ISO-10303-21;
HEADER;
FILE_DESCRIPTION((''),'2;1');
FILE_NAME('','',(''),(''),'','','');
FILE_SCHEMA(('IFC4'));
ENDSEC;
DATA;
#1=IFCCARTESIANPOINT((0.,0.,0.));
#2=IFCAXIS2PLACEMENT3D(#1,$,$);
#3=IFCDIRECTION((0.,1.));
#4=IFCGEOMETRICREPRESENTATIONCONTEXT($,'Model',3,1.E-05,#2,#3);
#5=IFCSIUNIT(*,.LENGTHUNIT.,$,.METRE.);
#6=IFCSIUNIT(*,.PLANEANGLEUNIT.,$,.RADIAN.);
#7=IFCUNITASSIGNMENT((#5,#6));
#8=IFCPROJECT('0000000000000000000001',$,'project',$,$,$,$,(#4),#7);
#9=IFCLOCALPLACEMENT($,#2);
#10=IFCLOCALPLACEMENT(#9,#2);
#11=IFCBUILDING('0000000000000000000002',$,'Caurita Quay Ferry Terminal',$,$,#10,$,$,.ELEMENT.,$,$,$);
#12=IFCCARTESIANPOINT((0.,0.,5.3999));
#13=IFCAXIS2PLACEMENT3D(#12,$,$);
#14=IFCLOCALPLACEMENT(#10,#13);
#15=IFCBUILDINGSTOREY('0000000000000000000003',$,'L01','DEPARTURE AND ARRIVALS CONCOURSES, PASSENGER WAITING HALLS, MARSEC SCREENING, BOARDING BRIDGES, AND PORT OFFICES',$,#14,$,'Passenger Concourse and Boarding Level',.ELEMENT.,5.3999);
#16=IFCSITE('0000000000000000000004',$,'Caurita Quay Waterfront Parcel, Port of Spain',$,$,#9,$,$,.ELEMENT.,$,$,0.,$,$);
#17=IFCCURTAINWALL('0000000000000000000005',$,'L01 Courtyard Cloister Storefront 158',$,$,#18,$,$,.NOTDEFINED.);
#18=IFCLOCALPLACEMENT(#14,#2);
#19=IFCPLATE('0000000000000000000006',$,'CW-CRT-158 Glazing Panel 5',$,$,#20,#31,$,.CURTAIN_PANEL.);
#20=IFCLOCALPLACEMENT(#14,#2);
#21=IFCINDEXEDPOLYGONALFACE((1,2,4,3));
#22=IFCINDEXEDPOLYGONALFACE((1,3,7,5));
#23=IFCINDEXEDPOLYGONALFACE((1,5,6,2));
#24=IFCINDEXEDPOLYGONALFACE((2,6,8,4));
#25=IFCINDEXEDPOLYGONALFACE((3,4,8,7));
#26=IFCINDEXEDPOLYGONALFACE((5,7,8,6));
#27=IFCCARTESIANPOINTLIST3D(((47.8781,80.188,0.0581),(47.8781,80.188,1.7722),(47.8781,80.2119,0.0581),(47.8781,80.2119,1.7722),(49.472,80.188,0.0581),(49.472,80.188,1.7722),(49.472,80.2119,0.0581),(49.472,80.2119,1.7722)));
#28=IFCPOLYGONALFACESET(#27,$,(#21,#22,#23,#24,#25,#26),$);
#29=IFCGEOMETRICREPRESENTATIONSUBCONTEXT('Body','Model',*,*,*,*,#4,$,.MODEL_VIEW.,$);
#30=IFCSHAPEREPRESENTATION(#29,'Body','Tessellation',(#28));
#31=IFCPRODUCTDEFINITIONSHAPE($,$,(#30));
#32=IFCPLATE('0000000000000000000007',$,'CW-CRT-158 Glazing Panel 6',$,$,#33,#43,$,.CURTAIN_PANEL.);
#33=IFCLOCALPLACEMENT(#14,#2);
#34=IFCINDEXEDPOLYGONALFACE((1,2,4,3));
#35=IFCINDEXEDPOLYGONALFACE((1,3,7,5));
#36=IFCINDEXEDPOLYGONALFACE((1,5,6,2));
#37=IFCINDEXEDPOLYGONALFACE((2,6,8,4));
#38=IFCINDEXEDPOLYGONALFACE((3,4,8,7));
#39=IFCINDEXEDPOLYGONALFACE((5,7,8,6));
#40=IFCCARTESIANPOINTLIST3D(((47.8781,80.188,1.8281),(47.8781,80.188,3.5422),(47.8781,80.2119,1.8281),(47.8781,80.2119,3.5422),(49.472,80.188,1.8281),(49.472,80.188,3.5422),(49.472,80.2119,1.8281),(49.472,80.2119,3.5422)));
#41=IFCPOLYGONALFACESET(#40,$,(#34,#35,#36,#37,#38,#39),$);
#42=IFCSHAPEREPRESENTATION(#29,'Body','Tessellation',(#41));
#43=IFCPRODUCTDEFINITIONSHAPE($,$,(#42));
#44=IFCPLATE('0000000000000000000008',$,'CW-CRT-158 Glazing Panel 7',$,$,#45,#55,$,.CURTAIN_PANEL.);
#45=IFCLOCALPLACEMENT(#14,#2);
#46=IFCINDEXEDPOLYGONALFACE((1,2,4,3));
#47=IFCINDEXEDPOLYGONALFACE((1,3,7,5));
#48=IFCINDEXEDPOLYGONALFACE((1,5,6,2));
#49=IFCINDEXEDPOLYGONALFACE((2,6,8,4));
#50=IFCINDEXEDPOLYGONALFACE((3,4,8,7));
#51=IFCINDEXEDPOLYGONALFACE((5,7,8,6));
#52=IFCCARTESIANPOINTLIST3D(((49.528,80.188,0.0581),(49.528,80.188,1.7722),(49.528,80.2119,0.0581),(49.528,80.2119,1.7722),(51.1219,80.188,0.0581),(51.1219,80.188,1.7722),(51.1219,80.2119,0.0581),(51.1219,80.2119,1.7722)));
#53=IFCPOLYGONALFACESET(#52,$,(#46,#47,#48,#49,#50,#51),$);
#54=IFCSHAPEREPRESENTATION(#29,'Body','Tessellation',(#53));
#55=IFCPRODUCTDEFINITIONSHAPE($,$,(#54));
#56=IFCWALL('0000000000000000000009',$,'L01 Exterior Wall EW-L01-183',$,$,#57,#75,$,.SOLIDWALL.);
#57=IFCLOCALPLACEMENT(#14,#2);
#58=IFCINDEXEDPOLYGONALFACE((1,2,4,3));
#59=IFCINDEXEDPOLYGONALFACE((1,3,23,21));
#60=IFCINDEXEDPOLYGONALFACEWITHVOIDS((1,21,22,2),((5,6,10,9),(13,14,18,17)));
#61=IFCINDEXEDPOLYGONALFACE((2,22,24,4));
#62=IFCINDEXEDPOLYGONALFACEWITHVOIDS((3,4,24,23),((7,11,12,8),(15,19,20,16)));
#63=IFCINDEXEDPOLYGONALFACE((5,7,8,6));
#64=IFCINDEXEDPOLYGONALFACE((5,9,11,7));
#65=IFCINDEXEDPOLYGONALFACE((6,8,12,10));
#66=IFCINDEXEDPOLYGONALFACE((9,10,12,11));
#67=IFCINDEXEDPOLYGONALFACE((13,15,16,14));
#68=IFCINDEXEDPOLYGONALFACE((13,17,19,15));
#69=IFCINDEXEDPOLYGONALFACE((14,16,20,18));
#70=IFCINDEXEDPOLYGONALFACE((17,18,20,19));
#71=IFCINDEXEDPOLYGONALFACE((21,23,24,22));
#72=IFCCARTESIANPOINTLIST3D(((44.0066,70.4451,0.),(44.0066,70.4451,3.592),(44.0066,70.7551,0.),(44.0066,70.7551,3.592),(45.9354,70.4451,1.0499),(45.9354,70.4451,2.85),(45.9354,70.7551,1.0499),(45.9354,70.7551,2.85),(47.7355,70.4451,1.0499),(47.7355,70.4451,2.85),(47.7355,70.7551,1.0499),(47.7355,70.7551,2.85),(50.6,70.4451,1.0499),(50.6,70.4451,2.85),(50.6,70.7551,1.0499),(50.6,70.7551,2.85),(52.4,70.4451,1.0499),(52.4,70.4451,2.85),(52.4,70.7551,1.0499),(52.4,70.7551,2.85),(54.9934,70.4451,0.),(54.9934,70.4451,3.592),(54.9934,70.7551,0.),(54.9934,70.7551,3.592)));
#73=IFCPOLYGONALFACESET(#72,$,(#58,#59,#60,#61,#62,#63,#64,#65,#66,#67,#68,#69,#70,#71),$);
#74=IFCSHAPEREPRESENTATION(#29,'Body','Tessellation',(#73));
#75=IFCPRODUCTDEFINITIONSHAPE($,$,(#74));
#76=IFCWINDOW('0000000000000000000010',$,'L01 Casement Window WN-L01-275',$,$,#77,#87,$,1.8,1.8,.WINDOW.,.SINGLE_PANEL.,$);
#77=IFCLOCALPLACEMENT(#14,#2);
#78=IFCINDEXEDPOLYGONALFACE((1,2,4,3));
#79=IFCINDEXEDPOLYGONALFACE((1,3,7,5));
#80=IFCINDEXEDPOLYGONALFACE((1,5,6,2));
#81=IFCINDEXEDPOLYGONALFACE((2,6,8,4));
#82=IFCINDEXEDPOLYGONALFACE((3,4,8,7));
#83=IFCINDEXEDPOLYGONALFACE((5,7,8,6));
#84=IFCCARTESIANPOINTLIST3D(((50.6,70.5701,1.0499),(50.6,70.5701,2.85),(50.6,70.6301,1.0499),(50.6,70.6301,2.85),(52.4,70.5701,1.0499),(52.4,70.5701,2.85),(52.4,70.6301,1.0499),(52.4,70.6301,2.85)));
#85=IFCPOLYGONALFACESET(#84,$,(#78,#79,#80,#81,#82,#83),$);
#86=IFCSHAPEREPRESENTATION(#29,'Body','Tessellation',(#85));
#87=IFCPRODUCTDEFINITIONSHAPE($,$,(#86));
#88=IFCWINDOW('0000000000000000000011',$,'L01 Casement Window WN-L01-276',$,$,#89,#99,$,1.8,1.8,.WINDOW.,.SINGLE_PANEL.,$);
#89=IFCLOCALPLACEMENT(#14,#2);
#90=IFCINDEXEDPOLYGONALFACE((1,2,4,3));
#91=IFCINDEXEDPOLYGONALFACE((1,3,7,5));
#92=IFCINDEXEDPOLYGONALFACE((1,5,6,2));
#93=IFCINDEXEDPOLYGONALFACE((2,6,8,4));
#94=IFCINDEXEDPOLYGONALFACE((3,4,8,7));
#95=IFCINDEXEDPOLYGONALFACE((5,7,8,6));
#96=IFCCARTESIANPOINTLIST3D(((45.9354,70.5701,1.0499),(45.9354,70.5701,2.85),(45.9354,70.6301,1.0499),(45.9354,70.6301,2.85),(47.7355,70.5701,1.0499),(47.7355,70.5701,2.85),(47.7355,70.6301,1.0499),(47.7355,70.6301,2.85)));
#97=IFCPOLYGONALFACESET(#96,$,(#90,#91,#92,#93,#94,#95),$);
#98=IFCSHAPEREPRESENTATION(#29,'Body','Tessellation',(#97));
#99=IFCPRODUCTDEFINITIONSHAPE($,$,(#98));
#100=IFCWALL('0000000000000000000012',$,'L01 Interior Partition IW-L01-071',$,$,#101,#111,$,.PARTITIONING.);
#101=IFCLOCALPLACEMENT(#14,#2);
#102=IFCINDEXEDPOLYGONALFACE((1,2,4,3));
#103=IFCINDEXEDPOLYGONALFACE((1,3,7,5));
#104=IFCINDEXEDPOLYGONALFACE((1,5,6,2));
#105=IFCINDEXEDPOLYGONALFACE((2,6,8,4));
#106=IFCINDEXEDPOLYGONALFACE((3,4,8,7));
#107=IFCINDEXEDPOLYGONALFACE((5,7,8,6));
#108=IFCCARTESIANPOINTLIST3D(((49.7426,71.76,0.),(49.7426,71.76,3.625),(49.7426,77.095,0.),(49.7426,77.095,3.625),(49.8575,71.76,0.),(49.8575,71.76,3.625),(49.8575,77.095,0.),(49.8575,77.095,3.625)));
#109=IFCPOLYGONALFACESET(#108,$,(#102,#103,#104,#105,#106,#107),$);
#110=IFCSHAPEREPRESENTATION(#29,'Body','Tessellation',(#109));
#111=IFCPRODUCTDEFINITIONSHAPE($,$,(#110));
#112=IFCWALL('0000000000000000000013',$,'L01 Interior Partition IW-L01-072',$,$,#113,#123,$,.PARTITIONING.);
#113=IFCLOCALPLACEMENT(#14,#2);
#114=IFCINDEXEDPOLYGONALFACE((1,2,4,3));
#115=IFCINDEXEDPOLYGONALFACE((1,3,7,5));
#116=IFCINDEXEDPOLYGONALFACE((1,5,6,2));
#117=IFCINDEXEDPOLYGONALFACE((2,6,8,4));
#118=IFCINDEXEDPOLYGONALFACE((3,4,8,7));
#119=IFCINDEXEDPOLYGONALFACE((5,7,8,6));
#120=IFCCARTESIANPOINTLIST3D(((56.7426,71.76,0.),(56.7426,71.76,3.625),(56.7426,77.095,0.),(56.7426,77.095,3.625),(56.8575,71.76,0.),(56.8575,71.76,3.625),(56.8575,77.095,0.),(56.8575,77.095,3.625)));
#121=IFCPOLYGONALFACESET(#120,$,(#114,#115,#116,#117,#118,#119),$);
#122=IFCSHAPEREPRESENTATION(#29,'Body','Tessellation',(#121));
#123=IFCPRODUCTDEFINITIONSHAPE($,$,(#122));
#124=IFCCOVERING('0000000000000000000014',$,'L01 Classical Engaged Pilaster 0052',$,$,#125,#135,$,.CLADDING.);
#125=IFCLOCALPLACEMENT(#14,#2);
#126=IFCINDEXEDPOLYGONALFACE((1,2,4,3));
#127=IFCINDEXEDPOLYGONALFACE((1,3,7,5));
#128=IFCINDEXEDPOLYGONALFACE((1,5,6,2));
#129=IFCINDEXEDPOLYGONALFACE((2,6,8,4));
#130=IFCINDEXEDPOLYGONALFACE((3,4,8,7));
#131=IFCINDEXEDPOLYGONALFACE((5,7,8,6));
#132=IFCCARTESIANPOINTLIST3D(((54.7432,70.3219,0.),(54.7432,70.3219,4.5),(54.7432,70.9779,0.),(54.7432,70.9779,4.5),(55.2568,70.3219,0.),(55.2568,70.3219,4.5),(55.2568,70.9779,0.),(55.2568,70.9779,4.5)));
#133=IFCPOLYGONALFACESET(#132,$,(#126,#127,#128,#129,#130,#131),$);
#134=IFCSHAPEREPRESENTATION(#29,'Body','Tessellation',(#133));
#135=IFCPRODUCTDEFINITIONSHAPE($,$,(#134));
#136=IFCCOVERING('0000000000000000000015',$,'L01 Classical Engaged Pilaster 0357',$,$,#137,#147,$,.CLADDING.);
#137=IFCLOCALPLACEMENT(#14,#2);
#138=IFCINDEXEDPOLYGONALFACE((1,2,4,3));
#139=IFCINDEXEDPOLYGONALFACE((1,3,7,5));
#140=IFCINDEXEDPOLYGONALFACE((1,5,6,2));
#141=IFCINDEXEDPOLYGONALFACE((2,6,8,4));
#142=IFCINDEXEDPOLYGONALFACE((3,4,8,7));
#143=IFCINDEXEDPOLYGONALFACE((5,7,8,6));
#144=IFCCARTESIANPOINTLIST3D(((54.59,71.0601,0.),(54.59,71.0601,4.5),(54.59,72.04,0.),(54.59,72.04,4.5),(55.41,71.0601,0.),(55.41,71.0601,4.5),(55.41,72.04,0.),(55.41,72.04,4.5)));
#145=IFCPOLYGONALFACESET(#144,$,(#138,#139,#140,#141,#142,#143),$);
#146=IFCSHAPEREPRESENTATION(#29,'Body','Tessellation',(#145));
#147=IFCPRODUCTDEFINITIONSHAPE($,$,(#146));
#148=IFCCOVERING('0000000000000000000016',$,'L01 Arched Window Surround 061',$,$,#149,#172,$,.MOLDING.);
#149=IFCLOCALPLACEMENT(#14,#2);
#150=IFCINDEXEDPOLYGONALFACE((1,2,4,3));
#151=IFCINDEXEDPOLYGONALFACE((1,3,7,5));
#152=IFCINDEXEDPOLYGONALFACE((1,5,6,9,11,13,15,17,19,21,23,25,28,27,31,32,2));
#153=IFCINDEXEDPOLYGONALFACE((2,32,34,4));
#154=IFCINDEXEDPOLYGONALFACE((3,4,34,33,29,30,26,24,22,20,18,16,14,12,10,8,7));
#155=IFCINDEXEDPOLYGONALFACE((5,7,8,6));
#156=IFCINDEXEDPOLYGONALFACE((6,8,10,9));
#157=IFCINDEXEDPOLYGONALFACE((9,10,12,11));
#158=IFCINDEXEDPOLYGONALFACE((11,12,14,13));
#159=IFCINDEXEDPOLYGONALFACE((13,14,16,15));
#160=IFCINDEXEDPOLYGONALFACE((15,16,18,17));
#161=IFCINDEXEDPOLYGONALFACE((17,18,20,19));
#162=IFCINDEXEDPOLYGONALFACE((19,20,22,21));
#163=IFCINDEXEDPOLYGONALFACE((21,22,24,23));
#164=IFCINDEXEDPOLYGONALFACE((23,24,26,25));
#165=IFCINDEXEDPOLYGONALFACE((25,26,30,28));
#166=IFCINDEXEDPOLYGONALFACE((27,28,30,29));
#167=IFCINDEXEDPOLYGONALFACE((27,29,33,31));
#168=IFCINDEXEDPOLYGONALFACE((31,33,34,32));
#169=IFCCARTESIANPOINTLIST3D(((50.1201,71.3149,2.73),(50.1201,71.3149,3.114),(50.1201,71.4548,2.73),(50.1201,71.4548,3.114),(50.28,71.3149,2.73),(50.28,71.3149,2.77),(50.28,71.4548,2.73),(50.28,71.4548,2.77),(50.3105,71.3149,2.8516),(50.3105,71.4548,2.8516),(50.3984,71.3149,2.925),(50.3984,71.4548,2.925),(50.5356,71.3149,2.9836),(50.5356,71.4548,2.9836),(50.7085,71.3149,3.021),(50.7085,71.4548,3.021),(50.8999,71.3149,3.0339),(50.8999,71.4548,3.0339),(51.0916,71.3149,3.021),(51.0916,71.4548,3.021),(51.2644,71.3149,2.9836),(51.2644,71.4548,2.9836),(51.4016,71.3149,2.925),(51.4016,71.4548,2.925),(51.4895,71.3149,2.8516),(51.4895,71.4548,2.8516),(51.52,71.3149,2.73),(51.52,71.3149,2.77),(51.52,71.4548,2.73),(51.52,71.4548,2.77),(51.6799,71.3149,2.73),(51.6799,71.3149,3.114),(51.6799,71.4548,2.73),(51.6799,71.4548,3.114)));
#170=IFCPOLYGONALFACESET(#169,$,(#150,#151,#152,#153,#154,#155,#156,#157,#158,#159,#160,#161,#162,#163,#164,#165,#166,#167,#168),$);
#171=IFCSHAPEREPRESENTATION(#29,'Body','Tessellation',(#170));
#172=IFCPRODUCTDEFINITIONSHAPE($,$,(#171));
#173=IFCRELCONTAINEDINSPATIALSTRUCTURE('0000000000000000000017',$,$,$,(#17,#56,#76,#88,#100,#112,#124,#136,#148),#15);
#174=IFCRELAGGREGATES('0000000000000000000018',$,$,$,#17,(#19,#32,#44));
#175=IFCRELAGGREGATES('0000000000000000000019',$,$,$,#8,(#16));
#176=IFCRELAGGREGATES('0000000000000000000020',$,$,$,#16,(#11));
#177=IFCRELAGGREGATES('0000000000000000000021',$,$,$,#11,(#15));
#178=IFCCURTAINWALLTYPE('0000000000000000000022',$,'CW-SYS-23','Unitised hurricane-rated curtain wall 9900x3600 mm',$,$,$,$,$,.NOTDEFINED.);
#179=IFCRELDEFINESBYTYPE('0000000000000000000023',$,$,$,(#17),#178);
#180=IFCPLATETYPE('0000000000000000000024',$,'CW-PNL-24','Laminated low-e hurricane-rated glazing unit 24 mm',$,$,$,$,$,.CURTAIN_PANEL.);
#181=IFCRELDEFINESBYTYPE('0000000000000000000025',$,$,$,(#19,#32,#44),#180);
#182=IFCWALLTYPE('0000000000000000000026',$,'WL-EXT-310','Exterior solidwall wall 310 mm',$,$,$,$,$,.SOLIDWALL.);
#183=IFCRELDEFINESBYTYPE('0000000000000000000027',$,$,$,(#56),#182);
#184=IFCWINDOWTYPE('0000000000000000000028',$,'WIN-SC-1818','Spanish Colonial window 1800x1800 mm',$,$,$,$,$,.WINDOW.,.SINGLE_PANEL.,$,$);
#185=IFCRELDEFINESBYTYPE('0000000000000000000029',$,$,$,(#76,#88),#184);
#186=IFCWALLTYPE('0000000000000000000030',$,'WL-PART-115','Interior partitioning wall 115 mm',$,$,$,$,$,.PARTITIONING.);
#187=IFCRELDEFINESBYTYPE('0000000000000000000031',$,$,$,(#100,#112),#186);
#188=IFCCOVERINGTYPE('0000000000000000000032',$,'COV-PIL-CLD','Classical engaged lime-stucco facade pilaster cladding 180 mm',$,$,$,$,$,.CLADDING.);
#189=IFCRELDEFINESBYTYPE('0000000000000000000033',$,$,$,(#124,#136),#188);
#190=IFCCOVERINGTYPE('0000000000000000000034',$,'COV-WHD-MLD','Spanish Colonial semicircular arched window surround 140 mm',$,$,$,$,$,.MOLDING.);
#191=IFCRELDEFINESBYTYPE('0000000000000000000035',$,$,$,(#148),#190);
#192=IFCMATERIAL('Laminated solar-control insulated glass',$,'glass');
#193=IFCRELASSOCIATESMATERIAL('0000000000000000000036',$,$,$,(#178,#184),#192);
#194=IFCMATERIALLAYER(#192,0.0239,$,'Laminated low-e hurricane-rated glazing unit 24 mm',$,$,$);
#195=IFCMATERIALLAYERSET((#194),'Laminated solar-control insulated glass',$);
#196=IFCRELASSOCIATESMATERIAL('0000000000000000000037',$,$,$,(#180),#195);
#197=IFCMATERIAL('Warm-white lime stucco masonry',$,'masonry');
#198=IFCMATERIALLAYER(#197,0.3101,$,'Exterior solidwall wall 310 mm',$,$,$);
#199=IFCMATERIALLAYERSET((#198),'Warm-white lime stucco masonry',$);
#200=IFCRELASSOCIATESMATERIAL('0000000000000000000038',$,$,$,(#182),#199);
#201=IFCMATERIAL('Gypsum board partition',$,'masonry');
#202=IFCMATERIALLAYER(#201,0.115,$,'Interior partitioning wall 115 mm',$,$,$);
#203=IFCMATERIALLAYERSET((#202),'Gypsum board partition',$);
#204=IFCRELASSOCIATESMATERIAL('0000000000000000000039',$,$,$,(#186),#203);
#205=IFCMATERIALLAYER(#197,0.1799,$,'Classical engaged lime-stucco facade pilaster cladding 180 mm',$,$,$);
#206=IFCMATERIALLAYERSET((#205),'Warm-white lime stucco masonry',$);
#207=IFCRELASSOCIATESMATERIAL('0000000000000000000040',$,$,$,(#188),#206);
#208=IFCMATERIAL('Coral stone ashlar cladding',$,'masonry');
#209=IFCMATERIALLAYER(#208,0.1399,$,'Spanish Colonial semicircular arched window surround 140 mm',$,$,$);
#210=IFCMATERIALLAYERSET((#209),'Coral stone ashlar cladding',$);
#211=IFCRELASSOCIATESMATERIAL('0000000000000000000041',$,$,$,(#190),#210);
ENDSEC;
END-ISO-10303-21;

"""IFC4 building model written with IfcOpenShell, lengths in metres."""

from ifc_helpers import new_model, si_unit, direction, frame, frame_2d, origin, origin_2d, place, context, subcontext, project, spatial, polyline, rectangle, outline, extrude, material, layer, layer_set, type_object, element, fill, aggregate, save


model = new_model("IFC4")

# Units and contexts
model_context = context("Model", 3, precision=1e-05, world=origin(), true_north=direction((0.0, 1.0)))
body_context = subcontext(model_context, "Body", "Model", "MODEL_VIEW")
ifc_project = project(units=[si_unit("LENGTHUNIT", "METRE"), si_unit("PLANEANGLEUNIT", "RADIAN")], contexts=[model_context])

# Site, building, storey
site_placement = place(None, origin())
site = spatial("IfcSite", under=ifc_project, at=site_placement, Name="Caurita Quay Waterfront Parcel, Port of Spain", CompositionType="ELEMENT", RefElevation=0.0)
building_placement = place(site_placement, origin())
building = spatial("IfcBuilding", under=site, at=building_placement, Name="Caurita Quay Ferry Terminal", CompositionType="ELEMENT")
storey_placement = place(building_placement, frame((0.0, 0.0, 5.3999)))
storey = spatial("IfcBuildingStorey", under=building, at=storey_placement, Name="L01", Description="DEPARTURE AND ARRIVALS CONCOURSES, PASSENGER WAITING HALLS, MARSEC SCREENING, BOARDING BRIDGES, AND PORT OFFICES", LongName="Passenger Concourse and Boarding Level", CompositionType="ELEMENT", Elevation=5.3999)

# Curtain wall, plates
ifc_material_1 = material(Name="Laminated solar-control insulated glass", Category="glass")
curtain_wall_type = type_object("IfcCurtainWallType", Name="CW-SYS-23", Description="Unitised hurricane-rated curtain wall 9900x3600 mm", PredefinedType="NOTDEFINED", material=ifc_material_1)
curtain_wall_placement = place(storey_placement, origin())
curtain_wall = element("IfcCurtainWall", 1, at=curtain_wall_placement, inside=storey, type_object=curtain_wall_type, Name="L01 Courtyard Cloister Storefront 158", PredefinedType="NOTDEFINED")
ifc_layer_1 = layer(ifc_material_1, 0.0239, Name="Laminated low-e hurricane-rated glazing unit 24 mm")
ifc_layer_set_1 = layer_set([ifc_layer_1], Name="Laminated solar-control insulated glass")
plate_type = type_object("IfcPlateType", Name="CW-PNL-24", Description="Laminated low-e hurricane-rated glazing unit 24 mm", PredefinedType="CURTAIN_PANEL", material=ifc_layer_set_1)
plate_1_placement = place(storey_placement, frame((48.675, 80.2, 0.0581), z_axis=(0.0, 0.0, 1.0), x_axis=(1.0, 0.0, 0.0)))
plate_1 = element("IfcPlate", 2, at=plate_1_placement, type_object=plate_type, Name="CW-CRT-158 Glazing Panel 5", PredefinedType="CURTAIN_PANEL", context=body_context, shape_type="SweptSolid", body=[
    extrude(rectangle(XDim=1.594, YDim=0.0239, at=origin_2d()), origin(), (0.0, 0.0, 1.0), 1.7141),
])
plate_2_placement = place(storey_placement, frame((48.675, 80.2, 1.8281), z_axis=(0.0, 0.0, 1.0), x_axis=(1.0, 0.0, 0.0)))
plate_2 = element("IfcPlate", 3, at=plate_2_placement, type_object=plate_type, Name="CW-CRT-158 Glazing Panel 6", PredefinedType="CURTAIN_PANEL", context=body_context, shape_type="SweptSolid", body=[
    extrude(rectangle(XDim=1.594, YDim=0.0239, at=origin_2d()), origin(), (0.0, 0.0, 1.0), 1.7141),
])
plate_3_placement = place(storey_placement, frame((50.325, 80.2, 0.0581), z_axis=(0.0, 0.0, 1.0), x_axis=(1.0, 0.0, 0.0)))
plate_3 = element("IfcPlate", 4, at=plate_3_placement, type_object=plate_type, Name="CW-CRT-158 Glazing Panel 7", PredefinedType="CURTAIN_PANEL", context=body_context, shape_type="SweptSolid", body=[
    extrude(rectangle(XDim=1.594, YDim=0.0239, at=origin_2d()), origin(), (0.0, 0.0, 1.0), 1.7141),
])
aggregate(curtain_wall, [plate_1, plate_2, plate_3])

# Shared definitions
ifc_material_2 = material(Name="Warm-white lime stucco masonry", Category="masonry")
ifc_layer_2 = layer(ifc_material_2, 0.3101, Name="Exterior solidwall wall 310 mm")
ifc_layer_set_2 = layer_set([ifc_layer_2], Name="Warm-white lime stucco masonry")
wall_type_1 = type_object("IfcWallType", Name="WL-EXT-310", Description="Exterior solidwall wall 310 mm", PredefinedType="SOLIDWALL", material=ifc_layer_set_2)

# Wall, openings, windows
wall_1_placement = place(storey_placement, frame((54.9934, 70.6001, 0.0), z_axis=(0.0, 0.0, 1.0), x_axis=(-1.0, 0.0, 0.0)))
wall_1 = element("IfcWall", 5, at=wall_1_placement, inside=storey, type_object=wall_type_1, Name="L01 Exterior Wall EW-L01-183", PredefinedType="SOLIDWALL", context=body_context, shape_type="SweptSolid", body=[
    extrude(rectangle(XDim=10.9868, YDim=0.3101, at=frame_2d((5.4934, 0.0))), origin(), (0.0, 0.0, 1.0), 3.592),
])
opening_1_placement = place(wall_1_placement, frame((2.5935, 0.0, 1.05)))
opening_1 = element("IfcOpeningElement", 6, at=opening_1_placement, cuts=wall_1, PredefinedType="OPENING", context=body_context, shape_type="SweptSolid", body=[
    extrude(rectangle(XDim=1.8, YDim=1.8, at=frame_2d((0.8999, 0.8999))), frame((0.0, 0.165, 0.0), z_axis=(0.0, -1.0, 0.0), x_axis=(1.0, 0.0, 0.0)), (0.0, 0.0, 1.0), 0.3301),
])
opening_2_placement = place(wall_1_placement, frame((7.2581, 0.0, 1.05)))
opening_2 = element("IfcOpeningElement", 7, at=opening_2_placement, cuts=wall_1, PredefinedType="OPENING", context=body_context, shape_type="SweptSolid", body=[
    extrude(rectangle(XDim=1.8, YDim=1.8, at=frame_2d((0.8999, 0.8999))), frame((0.0, 0.165, 0.0), z_axis=(0.0, -1.0, 0.0), x_axis=(1.0, 0.0, 0.0)), (0.0, 0.0, 1.0), 0.3301),
])
window_type = type_object("IfcWindowType", Name="WIN-SC-1818", Description="Spanish Colonial window 1800x1800 mm", PartitioningType="SINGLE_PANEL", PredefinedType="WINDOW", material=ifc_material_1)
window_1_placement = place(opening_1_placement, origin())
window_1 = element("IfcWindow", 8, at=window_1_placement, inside=storey, type_object=window_type, Name="L01 Casement Window WN-L01-275", OverallHeight=1.8, OverallWidth=1.8, PartitioningType="SINGLE_PANEL", PredefinedType="WINDOW", context=body_context, shape_type="SweptSolid", body=[
    extrude(rectangle(XDim=1.8, YDim=1.8, at=frame_2d((0.8999, 0.8999))), frame((0.0, 0.03, 0.0), z_axis=(0.0, -1.0, 0.0), x_axis=(1.0, 0.0, 0.0)), (0.0, 0.0, 1.0), 0.0601),
])
fill(opening_1, window_1)
window_2_placement = place(opening_2_placement, origin())
window_2 = element("IfcWindow", 9, at=window_2_placement, inside=storey, type_object=window_type, Name="L01 Casement Window WN-L01-276", OverallHeight=1.8, OverallWidth=1.8, PartitioningType="SINGLE_PANEL", PredefinedType="WINDOW", context=body_context, shape_type="SweptSolid", body=[
    extrude(rectangle(XDim=1.8, YDim=1.8, at=frame_2d((0.8999, 0.8999))), frame((0.0, 0.03, 0.0), z_axis=(0.0, -1.0, 0.0), x_axis=(1.0, 0.0, 0.0)), (0.0, 0.0, 1.0), 0.0601),
])
fill(opening_2, window_2)

# Walls
ifc_material_3 = material(Name="Gypsum board partition", Category="masonry")
ifc_layer_3 = layer(ifc_material_3, 0.115, Name="Interior partitioning wall 115 mm")
ifc_layer_set_3 = layer_set([ifc_layer_3], Name="Gypsum board partition")
wall_type_2 = type_object("IfcWallType", Name="WL-PART-115", Description="Interior partitioning wall 115 mm", PredefinedType="PARTITIONING", material=ifc_layer_set_3)
for number, where, z_axis, x_axis, name in (
    (10, (49.8, 71.76, 0.0), (0.0, 0.0, 1.0), (0.0, 1.0, 0.0), "L01 Interior Partition IW-L01-071"),
    (11, (56.8, 71.76, 0.0), (0.0, 0.0, 1.0), (0.0, 1.0, 0.0), "L01 Interior Partition IW-L01-072"),
):
    element("IfcWall", number, at=place(storey_placement, frame(where, z_axis=z_axis, x_axis=x_axis)), inside=storey, type_object=wall_type_2, Name=name, PredefinedType="PARTITIONING", context=body_context, shape_type="SweptSolid", body=[
        extrude(rectangle(XDim=5.335, YDim=0.115, at=frame_2d((2.6675, 0.0))), origin(), (0.0, 0.0, 1.0), 3.625),
    ])

# Coverings
ifc_layer_4 = layer(ifc_material_2, 0.1799, Name="Classical engaged lime-stucco facade pilaster cladding 180 mm")
ifc_layer_set_4 = layer_set([ifc_layer_4], Name="Warm-white lime stucco masonry")
covering_type_1 = type_object("IfcCoveringType", Name="COV-PIL-CLD", Description="Classical engaged lime-stucco facade pilaster cladding 180 mm", PredefinedType="CLADDING", material=ifc_layer_set_4)
covering_1_placement = place(storey_placement, frame((55.0, 70.6499, 0.0), z_axis=(0.0, 0.0, 1.0), x_axis=(1.0, 0.0, 0.0)))
element("IfcCovering", 12, at=covering_1_placement, inside=storey, type_object=covering_type_1, Name="L01 Classical Engaged Pilaster 0052", PredefinedType="CLADDING", context=body_context, shape_type="SweptSolid", body=[
    extrude(rectangle(XDim=0.5137, YDim=0.656, at=origin_2d()), origin(), (0.0, 0.0, 1.0), 4.5),
])
covering_2_placement = place(storey_placement, frame((55.0, 71.55, 0.0), z_axis=(0.0, 0.0, 1.0), x_axis=(1.0, 0.0, 0.0)))
element("IfcCovering", 13, at=covering_2_placement, inside=storey, type_object=covering_type_1, Name="L01 Classical Engaged Pilaster 0357", PredefinedType="CLADDING", context=body_context, shape_type="SweptSolid", body=[
    extrude(rectangle(XDim=0.8201, YDim=0.98, at=origin_2d()), origin(), (0.0, 0.0, 1.0), 4.5),
])
ifc_material_4 = material(Name="Coral stone ashlar cladding", Category="masonry")
ifc_layer_5 = layer(ifc_material_4, 0.1399, Name="Spanish Colonial semicircular arched window surround 140 mm")
ifc_layer_set_5 = layer_set([ifc_layer_5], Name="Coral stone ashlar cladding")
covering_type_2 = type_object("IfcCoveringType", Name="COV-WHD-MLD", Description="Spanish Colonial semicircular arched window surround 140 mm", PredefinedType="MOLDING", material=ifc_layer_set_5)
covering_3_placement = place(storey_placement, frame((50.1201, 71.385, 2.73), z_axis=(0.0, 0.0, 1.0), x_axis=(1.0, 0.0, 0.0)))
element("IfcCovering", 14, at=covering_3_placement, inside=storey, type_object=covering_type_2, Name="L01 Arched Window Surround 061", PredefinedType="MOLDING", context=body_context, shape_type="SweptSolid", body=[
    extrude(outline(polyline([(0.0, 0.0), (0.1599, 0.0), (0.1599, 0.04), (0.1904, 0.1216), (0.2783, 0.1951), (0.4155, 0.2537), (0.5884, 0.291), (0.7798, 0.304), (0.9714, 0.291), (1.1443, 0.2537), (1.2815, 0.1951), (1.3694, 0.1216), (1.3999, 0.04), (1.3999, 0.0), (1.5598, 0.0), (1.5598, 0.384), (0.0, 0.384), (0.0, 0.0)])), frame((0.0, 0.0698, 0.0), z_axis=(0.0, -1.0, 0.0), x_axis=(1.0, 0.0, 0.0)), (0.0, 0.0, 1.0), 0.1399),
])

save(model, "model.ifc")
